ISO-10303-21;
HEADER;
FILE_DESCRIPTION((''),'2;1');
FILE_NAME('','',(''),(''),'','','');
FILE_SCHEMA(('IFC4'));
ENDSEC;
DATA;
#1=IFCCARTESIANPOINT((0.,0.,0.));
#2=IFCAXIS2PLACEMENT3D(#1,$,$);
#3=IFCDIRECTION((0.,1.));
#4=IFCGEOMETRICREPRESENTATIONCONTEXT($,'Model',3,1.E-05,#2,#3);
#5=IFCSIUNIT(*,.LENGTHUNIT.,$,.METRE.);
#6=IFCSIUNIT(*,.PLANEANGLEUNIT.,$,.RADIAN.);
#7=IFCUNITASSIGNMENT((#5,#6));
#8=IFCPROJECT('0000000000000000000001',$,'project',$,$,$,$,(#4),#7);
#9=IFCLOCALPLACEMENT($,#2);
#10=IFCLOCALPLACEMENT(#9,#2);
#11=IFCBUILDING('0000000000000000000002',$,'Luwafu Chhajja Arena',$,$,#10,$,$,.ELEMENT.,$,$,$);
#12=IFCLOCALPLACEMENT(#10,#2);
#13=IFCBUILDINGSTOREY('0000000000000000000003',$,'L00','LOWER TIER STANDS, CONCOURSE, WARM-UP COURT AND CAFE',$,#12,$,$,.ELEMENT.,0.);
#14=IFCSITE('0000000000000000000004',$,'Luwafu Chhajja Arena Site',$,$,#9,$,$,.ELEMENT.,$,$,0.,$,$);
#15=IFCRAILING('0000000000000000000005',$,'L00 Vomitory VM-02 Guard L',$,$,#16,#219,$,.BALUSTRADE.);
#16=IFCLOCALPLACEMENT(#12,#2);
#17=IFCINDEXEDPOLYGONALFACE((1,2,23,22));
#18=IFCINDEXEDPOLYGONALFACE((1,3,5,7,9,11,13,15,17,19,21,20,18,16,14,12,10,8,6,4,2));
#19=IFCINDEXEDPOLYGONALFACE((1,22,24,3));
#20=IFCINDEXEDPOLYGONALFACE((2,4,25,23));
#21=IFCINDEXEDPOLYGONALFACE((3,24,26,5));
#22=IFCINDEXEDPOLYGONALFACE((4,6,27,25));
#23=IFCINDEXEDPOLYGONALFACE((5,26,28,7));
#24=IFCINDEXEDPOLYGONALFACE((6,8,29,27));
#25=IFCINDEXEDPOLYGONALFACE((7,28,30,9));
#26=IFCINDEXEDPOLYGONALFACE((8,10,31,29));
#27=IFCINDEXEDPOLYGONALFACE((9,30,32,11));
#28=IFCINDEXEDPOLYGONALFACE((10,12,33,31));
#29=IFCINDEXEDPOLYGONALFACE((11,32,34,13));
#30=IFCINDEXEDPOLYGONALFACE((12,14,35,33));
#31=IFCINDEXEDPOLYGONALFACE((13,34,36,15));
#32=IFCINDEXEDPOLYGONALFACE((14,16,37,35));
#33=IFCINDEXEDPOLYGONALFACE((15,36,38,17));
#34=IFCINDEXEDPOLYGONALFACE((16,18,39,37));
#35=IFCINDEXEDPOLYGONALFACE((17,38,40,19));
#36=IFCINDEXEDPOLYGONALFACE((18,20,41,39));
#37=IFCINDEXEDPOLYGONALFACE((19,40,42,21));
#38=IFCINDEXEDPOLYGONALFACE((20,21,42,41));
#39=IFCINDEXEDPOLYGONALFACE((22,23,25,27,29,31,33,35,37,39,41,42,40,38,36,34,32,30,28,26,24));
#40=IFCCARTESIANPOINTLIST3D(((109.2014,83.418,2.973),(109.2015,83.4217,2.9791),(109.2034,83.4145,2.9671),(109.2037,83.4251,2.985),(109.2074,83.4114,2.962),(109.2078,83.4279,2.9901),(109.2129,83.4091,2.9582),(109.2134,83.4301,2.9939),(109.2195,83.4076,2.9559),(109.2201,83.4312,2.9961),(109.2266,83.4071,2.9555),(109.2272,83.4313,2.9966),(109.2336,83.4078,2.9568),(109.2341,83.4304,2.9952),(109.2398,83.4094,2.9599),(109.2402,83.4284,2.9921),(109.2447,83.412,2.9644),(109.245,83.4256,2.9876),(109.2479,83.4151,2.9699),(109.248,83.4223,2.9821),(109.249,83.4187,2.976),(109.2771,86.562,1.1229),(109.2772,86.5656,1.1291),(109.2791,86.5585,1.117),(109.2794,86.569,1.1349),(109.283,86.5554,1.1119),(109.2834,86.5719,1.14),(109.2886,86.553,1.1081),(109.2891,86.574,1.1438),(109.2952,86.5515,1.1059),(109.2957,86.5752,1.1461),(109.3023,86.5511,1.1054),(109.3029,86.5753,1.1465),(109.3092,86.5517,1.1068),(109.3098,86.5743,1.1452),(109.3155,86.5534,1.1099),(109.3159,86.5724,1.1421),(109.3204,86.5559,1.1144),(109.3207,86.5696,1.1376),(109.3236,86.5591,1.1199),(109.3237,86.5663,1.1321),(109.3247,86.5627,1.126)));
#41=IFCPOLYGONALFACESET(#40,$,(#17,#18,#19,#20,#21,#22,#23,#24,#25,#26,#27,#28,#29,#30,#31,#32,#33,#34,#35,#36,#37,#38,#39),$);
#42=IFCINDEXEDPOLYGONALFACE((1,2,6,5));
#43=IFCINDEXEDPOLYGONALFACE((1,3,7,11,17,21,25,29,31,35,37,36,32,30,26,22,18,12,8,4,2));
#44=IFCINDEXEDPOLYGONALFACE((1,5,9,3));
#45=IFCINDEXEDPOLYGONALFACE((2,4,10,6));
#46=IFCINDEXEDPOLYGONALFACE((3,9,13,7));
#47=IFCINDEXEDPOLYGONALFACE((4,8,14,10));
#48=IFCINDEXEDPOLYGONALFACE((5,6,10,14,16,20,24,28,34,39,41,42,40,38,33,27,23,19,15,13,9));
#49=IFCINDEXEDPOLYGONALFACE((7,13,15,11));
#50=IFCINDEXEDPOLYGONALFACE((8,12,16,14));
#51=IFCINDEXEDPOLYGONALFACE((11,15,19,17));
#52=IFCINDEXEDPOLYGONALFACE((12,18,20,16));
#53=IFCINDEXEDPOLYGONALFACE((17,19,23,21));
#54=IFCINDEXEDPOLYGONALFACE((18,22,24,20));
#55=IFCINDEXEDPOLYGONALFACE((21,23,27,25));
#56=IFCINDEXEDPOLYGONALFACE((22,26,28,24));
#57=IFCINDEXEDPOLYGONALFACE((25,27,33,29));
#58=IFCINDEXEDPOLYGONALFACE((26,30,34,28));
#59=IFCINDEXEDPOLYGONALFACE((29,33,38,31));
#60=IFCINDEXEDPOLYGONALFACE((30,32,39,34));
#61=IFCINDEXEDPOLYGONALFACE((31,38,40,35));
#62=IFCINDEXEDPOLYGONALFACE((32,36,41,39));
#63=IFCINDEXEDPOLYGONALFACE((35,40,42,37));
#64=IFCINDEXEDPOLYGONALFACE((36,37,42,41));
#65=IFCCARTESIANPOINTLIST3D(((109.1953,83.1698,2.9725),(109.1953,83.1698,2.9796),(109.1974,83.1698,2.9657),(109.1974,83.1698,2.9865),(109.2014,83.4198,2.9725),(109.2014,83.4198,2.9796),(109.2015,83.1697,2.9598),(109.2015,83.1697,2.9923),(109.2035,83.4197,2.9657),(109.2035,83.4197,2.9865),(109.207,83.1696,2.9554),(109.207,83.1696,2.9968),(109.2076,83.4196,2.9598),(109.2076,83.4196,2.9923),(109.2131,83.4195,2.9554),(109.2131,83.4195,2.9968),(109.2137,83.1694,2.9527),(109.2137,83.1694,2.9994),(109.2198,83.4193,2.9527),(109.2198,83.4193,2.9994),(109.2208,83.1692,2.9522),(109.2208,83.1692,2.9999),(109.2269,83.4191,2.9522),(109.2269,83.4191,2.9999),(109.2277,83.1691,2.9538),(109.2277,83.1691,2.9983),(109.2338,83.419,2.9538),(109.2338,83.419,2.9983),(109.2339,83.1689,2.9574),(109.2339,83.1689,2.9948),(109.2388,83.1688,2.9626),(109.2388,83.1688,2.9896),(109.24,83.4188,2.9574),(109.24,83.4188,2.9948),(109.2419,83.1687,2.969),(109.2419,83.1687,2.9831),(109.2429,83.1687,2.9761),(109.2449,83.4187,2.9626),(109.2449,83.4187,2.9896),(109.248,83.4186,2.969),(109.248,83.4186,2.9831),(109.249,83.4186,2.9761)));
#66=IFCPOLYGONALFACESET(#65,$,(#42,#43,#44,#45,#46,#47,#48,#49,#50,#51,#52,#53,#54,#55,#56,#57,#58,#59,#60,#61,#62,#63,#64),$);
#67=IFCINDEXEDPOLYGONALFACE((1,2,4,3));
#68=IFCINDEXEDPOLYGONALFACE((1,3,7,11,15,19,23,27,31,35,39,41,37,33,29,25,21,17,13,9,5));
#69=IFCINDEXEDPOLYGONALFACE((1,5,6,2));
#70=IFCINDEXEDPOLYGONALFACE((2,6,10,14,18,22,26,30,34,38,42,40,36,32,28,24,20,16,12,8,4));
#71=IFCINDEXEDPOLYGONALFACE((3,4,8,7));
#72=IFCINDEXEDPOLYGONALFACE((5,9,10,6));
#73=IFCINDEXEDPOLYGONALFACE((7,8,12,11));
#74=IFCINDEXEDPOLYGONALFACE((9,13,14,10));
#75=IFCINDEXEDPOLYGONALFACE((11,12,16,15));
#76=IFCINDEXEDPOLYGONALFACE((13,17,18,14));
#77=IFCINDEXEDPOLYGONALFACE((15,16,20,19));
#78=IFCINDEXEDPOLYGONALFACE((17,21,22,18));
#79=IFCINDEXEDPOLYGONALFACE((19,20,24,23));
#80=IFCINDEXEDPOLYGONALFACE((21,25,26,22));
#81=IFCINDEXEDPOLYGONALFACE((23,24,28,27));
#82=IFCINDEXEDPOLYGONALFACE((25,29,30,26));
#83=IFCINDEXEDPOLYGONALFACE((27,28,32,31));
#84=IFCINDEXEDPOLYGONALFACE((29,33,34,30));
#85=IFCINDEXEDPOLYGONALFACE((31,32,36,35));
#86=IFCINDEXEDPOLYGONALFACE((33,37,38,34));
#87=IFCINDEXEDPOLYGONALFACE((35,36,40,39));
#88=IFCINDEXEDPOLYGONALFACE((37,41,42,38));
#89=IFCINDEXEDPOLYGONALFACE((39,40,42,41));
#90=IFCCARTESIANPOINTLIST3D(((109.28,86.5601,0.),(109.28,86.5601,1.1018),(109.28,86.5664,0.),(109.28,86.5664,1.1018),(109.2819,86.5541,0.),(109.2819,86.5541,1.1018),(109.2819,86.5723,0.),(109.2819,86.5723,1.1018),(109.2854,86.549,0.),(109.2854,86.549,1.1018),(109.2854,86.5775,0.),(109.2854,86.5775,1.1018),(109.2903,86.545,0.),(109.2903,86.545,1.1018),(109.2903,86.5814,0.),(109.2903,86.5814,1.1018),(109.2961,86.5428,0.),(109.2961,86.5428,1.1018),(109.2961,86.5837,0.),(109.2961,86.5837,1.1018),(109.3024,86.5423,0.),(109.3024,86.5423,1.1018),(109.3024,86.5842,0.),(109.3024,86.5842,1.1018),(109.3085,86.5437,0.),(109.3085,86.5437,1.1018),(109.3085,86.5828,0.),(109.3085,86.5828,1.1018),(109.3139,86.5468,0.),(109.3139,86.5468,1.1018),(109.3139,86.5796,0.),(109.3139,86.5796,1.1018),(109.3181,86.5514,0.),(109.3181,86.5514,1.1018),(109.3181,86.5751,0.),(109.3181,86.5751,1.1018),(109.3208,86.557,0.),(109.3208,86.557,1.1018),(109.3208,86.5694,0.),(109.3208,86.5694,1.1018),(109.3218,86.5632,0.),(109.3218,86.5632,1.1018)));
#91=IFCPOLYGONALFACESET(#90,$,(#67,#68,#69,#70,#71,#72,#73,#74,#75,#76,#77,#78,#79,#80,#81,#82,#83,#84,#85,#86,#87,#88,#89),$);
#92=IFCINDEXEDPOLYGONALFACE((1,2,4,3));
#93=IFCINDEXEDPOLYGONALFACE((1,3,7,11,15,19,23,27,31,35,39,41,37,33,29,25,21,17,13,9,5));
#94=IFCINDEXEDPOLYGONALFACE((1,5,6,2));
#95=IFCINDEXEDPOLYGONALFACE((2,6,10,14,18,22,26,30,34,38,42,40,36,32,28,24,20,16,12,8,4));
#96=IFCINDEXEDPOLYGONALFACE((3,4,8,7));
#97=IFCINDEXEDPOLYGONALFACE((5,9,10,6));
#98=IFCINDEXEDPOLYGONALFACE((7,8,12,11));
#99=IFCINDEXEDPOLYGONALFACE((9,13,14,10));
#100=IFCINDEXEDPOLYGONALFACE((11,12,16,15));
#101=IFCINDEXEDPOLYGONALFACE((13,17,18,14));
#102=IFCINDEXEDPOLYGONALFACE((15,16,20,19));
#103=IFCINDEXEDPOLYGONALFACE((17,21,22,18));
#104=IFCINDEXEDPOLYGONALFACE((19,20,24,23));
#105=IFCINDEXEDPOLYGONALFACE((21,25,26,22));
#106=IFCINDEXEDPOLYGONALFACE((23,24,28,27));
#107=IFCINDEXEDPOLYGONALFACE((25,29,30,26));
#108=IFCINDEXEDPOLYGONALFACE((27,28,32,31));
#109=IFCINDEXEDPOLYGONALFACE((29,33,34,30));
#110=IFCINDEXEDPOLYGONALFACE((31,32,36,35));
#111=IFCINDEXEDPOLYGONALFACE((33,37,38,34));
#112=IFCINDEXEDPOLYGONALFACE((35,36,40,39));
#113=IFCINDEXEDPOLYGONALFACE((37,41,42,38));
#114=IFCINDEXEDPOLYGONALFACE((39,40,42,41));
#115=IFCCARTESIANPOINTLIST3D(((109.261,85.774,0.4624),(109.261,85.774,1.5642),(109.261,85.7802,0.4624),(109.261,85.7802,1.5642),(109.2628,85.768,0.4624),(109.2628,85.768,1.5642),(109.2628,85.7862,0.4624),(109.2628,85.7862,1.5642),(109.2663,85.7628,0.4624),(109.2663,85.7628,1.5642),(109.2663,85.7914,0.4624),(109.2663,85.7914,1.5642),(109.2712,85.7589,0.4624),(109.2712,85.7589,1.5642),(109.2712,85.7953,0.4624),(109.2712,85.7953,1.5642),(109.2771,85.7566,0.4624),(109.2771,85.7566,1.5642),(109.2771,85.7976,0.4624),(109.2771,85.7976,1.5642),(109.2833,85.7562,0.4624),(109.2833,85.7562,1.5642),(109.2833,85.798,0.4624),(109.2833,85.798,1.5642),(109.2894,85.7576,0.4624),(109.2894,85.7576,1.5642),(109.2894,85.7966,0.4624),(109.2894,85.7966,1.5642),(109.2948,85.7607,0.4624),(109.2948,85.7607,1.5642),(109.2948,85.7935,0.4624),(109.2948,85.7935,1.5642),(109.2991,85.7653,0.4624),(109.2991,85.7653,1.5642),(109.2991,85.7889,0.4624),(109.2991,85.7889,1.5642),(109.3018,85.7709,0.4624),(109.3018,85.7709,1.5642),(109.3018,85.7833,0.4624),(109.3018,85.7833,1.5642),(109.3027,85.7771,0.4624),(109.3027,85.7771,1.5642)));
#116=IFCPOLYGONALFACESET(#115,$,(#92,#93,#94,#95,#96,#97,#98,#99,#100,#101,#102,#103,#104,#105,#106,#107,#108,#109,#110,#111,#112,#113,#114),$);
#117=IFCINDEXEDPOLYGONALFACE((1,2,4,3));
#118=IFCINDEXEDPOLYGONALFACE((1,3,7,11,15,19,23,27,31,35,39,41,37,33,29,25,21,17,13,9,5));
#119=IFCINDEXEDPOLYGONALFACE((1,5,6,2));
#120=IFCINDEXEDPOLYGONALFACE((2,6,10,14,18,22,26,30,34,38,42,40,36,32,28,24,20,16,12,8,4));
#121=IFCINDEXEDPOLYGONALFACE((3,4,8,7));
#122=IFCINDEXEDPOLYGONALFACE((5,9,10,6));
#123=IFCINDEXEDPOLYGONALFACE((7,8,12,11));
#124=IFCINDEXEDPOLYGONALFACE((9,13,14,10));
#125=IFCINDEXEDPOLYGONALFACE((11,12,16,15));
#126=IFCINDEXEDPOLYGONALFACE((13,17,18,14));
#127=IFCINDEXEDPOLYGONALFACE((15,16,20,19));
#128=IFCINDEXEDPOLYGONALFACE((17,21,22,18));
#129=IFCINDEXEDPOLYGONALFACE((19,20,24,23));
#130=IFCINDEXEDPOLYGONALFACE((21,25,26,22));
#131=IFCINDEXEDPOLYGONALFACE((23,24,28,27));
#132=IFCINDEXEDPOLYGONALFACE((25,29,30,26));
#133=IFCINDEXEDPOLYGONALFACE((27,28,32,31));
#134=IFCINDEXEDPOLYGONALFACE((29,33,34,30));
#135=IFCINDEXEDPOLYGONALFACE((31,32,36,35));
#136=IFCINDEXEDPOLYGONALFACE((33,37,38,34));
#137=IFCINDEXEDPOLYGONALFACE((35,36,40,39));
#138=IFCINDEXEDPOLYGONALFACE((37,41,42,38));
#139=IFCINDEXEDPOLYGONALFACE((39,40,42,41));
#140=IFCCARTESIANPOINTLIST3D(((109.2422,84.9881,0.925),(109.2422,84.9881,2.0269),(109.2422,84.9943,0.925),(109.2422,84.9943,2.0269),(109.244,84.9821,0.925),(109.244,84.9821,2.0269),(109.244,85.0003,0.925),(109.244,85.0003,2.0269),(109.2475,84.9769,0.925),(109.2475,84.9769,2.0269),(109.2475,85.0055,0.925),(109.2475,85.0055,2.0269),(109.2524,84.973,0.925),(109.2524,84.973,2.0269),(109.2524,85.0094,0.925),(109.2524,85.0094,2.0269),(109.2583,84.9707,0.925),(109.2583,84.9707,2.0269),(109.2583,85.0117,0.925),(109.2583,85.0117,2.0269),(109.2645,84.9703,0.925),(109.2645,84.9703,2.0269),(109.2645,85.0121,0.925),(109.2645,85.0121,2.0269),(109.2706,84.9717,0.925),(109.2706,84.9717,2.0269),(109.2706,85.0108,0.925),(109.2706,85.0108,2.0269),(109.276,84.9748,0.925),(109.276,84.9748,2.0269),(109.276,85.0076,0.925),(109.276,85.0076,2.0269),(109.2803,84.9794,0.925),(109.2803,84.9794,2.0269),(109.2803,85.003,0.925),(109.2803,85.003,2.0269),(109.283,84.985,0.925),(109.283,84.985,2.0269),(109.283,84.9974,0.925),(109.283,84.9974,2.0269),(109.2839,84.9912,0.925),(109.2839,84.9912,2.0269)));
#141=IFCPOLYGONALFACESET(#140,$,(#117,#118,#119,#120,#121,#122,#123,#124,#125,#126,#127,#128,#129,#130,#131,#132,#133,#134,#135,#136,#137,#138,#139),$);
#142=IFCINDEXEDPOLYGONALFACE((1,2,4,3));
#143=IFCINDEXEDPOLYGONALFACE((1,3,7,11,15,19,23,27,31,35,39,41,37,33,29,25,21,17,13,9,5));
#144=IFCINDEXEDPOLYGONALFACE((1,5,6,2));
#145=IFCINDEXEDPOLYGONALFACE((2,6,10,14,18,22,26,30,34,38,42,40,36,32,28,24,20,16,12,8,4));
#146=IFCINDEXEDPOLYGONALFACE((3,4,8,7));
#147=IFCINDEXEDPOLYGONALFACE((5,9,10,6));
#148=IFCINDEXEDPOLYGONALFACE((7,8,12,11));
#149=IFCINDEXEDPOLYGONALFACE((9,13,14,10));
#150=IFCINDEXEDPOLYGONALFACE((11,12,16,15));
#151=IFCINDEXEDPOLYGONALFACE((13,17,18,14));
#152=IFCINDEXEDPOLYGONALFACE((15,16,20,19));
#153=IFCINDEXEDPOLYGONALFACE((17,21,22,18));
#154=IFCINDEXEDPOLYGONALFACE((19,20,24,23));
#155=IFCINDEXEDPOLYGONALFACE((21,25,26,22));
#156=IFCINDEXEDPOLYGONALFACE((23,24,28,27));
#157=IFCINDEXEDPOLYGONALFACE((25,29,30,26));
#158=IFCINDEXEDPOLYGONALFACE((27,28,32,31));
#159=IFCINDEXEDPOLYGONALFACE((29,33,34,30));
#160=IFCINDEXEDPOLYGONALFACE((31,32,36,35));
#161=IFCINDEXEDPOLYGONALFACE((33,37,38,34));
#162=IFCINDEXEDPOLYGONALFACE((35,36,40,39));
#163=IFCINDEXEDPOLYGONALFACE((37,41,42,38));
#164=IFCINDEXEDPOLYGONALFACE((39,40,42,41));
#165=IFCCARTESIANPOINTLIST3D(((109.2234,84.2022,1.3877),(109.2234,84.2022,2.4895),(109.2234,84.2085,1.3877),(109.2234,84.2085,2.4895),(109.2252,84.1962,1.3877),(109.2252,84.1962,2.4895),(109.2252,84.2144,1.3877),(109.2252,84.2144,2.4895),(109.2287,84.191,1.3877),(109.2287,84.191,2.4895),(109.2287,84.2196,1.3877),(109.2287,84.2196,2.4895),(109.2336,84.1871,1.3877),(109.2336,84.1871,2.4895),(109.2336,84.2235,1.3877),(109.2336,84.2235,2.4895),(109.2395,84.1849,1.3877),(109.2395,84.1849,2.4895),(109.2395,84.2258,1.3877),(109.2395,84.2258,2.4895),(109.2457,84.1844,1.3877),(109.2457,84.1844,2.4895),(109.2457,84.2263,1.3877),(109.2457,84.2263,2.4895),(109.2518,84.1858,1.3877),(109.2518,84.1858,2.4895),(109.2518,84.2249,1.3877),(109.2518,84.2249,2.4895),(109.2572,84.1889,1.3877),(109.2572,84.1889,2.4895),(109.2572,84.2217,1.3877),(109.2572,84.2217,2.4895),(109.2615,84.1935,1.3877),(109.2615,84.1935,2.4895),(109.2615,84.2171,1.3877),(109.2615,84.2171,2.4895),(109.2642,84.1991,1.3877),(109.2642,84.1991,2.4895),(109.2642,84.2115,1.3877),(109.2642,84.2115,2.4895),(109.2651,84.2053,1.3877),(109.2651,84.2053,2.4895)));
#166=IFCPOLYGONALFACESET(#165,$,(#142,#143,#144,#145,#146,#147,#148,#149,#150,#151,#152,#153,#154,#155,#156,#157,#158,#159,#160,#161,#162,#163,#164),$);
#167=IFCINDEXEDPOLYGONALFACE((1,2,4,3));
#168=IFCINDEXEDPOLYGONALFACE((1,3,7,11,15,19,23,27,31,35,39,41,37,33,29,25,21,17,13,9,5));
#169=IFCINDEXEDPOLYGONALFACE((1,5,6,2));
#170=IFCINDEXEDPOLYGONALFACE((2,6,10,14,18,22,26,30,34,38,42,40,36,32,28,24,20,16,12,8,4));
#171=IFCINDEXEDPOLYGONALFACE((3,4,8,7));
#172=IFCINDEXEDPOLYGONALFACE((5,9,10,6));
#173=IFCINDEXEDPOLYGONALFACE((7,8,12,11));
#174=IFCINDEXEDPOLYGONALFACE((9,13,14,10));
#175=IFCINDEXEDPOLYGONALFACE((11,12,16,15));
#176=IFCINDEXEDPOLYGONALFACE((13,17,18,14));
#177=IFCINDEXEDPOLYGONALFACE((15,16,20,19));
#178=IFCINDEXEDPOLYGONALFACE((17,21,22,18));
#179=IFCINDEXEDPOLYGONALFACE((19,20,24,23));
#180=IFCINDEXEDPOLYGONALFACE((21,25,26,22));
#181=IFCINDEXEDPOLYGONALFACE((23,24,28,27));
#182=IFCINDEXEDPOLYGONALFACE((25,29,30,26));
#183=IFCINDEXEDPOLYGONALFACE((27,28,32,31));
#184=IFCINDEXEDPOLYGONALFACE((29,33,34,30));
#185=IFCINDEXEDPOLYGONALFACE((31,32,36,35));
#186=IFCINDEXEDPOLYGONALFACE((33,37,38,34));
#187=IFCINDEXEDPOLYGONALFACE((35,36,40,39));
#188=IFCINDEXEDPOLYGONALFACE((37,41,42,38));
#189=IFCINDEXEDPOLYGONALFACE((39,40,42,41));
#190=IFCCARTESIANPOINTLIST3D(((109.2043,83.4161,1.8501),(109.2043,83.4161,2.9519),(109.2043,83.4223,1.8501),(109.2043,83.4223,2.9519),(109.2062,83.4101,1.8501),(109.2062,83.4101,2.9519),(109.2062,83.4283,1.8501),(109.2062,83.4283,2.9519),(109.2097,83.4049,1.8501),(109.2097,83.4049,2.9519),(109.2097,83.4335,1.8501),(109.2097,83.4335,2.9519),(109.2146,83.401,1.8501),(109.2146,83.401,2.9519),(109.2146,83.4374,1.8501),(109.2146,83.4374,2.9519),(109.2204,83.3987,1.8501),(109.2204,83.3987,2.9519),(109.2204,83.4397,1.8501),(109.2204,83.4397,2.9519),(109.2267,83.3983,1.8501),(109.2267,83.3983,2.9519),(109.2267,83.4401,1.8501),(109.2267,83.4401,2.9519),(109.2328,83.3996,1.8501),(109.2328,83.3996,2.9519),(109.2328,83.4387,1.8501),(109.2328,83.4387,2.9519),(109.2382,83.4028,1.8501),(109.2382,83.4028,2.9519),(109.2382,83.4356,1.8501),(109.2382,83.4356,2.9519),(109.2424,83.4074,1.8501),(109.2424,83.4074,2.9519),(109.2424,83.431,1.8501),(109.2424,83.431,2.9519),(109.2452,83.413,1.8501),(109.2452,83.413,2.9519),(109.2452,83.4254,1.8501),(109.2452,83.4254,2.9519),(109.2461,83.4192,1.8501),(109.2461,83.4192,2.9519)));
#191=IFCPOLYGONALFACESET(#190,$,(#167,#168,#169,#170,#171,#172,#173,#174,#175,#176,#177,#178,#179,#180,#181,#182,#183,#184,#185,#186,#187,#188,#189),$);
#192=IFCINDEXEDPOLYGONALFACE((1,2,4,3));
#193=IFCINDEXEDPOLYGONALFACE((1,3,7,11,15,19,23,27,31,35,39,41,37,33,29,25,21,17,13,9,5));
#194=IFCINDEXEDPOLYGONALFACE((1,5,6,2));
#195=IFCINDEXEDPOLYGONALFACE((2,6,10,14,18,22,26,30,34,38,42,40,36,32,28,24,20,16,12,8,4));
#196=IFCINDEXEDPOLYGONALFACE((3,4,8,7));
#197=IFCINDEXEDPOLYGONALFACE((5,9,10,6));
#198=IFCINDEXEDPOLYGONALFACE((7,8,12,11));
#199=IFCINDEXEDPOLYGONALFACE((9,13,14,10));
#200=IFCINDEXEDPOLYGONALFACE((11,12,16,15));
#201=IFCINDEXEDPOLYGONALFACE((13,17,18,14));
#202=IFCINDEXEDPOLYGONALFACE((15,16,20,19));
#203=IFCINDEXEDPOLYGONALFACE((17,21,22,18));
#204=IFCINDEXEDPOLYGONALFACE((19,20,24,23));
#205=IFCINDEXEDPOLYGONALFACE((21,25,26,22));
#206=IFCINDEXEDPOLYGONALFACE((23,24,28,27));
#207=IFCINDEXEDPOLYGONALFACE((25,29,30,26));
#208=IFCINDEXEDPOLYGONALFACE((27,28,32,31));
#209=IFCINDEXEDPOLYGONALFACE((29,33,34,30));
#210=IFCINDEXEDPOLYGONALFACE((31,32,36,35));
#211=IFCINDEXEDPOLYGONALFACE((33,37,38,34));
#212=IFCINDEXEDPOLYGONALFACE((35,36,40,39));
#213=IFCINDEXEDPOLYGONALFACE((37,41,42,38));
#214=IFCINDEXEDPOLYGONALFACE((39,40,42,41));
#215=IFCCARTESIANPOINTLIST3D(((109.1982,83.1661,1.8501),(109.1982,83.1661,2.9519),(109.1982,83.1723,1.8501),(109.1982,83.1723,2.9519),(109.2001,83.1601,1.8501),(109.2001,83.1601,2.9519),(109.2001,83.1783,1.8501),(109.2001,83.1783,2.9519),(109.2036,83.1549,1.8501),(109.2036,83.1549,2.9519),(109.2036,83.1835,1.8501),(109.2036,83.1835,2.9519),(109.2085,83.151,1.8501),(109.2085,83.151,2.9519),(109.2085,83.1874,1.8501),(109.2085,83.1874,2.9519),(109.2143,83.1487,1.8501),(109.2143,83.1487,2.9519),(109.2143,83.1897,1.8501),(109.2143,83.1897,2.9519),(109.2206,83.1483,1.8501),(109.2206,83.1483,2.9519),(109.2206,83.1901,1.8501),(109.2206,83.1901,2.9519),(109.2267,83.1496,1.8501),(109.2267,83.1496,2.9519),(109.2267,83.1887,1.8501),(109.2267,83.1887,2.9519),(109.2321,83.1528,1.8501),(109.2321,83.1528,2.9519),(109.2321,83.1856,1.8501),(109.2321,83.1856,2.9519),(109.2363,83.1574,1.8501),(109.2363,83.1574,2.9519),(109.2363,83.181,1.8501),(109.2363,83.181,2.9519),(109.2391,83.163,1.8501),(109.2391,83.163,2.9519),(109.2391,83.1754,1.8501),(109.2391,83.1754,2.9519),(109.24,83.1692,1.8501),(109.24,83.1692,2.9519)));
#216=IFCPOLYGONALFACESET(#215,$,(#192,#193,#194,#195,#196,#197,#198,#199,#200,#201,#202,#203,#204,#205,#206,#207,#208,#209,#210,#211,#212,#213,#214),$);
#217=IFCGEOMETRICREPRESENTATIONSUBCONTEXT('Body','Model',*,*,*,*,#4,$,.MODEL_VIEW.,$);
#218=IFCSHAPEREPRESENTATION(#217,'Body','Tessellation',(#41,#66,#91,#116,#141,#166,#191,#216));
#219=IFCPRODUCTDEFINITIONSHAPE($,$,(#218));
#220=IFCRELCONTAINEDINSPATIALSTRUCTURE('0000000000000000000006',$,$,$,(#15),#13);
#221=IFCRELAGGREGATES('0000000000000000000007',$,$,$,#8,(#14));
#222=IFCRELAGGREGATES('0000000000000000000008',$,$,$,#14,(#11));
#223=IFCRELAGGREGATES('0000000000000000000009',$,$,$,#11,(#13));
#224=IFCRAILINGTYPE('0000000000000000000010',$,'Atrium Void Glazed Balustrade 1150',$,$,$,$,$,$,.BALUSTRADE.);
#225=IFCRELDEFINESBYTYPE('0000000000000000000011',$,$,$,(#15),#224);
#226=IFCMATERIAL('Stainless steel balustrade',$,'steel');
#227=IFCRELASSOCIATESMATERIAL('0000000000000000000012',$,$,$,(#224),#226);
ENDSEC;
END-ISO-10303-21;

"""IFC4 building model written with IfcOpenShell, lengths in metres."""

from ifc_helpers import new_model, si_unit, direction, frame, origin, origin_2d, place, context, subcontext, project, spatial, circle, extrude, material, type_object, element, save


model = new_model("IFC4")

# Units and contexts
model_context = context("Model", 3, precision=1e-05, world=origin(), true_north=direction((0.0, 1.0)))
body_context = subcontext(model_context, "Body", "Model", "MODEL_VIEW")
ifc_project = project(units=[si_unit("LENGTHUNIT", "METRE"), si_unit("PLANEANGLEUNIT", "RADIAN")], contexts=[model_context])

# Site, building, storey
site_placement = place(None, origin())
site = spatial("IfcSite", under=ifc_project, at=site_placement, Name="Luwafu Chhajja Arena Site", CompositionType="ELEMENT", RefElevation=0.0)
building_placement = place(site_placement, origin())
building = spatial("IfcBuilding", under=site, at=building_placement, Name="Luwafu Chhajja Arena", CompositionType="ELEMENT")
storey_placement = place(building_placement, origin())
storey = spatial("IfcBuildingStorey", under=building, at=storey_placement, Name="L00", Description="LOWER TIER STANDS, CONCOURSE, WARM-UP COURT AND CAFE", CompositionType="ELEMENT", Elevation=0.0)

# Railing
ifc_material_1 = material(Name="Stainless steel balustrade", Category="steel")
railing_type_1 = type_object("IfcRailingType", Name="Atrium Void Glazed Balustrade 1150", PredefinedType="BALUSTRADE", material=ifc_material_1)
railing_1_placement = place(storey_placement, frame((109.3008, 86.5632, 0.0)))
element("IfcRailing", 1, at=railing_1_placement, inside=storey, type_object=railing_type_1, Name="L00 Vomitory VM-02 Guard L", PredefinedType="BALUSTRADE", context=body_context, shape_type="SweptSolid", body=[
    extrude(circle(Radius=0.0239, at=origin_2d()), frame((0.0, 0.0, 1.126), z_axis=(-0.020742, -0.86167, 0.507046), x_axis=(0.99971, -0.024065, 0.0)), (0.0, 0.0, 1.0), 3.6487),
    extrude(circle(Radius=0.0239, at=origin_2d()), frame((-0.0757, -3.144, 2.9761), z_axis=(-0.024407, -0.999702, 0.0), x_axis=(0.999702, -0.024407, 0.0)), (0.0, 0.0, 1.0), 0.25),
    extrude(circle(Radius=0.021, at=origin_2d()), origin(), (0.0, 0.0, 1.0), 1.1018),
    extrude(circle(Radius=0.021, at=origin_2d()), frame((-0.019, -0.7861, 0.4624)), (0.0, 0.0, 1.0), 1.1018),
    extrude(circle(Radius=0.021, at=origin_2d()), frame((-0.0378, -1.572, 0.925)), (0.0, 0.0, 1.0), 1.1018),
    extrude(circle(Radius=0.021, at=origin_2d()), frame((-0.0566, -2.3579, 1.3877)), (0.0, 0.0, 1.0), 1.1018),
    extrude(circle(Radius=0.021, at=origin_2d()), frame((-0.0757, -3.144, 1.8501)), (0.0, 0.0, 1.0), 1.1018),
    extrude(circle(Radius=0.021, at=origin_2d()), frame((-0.0818, -3.394, 1.8501)), (0.0, 0.0, 1.0), 1.1018),
])

save(model, "model.ifc")
